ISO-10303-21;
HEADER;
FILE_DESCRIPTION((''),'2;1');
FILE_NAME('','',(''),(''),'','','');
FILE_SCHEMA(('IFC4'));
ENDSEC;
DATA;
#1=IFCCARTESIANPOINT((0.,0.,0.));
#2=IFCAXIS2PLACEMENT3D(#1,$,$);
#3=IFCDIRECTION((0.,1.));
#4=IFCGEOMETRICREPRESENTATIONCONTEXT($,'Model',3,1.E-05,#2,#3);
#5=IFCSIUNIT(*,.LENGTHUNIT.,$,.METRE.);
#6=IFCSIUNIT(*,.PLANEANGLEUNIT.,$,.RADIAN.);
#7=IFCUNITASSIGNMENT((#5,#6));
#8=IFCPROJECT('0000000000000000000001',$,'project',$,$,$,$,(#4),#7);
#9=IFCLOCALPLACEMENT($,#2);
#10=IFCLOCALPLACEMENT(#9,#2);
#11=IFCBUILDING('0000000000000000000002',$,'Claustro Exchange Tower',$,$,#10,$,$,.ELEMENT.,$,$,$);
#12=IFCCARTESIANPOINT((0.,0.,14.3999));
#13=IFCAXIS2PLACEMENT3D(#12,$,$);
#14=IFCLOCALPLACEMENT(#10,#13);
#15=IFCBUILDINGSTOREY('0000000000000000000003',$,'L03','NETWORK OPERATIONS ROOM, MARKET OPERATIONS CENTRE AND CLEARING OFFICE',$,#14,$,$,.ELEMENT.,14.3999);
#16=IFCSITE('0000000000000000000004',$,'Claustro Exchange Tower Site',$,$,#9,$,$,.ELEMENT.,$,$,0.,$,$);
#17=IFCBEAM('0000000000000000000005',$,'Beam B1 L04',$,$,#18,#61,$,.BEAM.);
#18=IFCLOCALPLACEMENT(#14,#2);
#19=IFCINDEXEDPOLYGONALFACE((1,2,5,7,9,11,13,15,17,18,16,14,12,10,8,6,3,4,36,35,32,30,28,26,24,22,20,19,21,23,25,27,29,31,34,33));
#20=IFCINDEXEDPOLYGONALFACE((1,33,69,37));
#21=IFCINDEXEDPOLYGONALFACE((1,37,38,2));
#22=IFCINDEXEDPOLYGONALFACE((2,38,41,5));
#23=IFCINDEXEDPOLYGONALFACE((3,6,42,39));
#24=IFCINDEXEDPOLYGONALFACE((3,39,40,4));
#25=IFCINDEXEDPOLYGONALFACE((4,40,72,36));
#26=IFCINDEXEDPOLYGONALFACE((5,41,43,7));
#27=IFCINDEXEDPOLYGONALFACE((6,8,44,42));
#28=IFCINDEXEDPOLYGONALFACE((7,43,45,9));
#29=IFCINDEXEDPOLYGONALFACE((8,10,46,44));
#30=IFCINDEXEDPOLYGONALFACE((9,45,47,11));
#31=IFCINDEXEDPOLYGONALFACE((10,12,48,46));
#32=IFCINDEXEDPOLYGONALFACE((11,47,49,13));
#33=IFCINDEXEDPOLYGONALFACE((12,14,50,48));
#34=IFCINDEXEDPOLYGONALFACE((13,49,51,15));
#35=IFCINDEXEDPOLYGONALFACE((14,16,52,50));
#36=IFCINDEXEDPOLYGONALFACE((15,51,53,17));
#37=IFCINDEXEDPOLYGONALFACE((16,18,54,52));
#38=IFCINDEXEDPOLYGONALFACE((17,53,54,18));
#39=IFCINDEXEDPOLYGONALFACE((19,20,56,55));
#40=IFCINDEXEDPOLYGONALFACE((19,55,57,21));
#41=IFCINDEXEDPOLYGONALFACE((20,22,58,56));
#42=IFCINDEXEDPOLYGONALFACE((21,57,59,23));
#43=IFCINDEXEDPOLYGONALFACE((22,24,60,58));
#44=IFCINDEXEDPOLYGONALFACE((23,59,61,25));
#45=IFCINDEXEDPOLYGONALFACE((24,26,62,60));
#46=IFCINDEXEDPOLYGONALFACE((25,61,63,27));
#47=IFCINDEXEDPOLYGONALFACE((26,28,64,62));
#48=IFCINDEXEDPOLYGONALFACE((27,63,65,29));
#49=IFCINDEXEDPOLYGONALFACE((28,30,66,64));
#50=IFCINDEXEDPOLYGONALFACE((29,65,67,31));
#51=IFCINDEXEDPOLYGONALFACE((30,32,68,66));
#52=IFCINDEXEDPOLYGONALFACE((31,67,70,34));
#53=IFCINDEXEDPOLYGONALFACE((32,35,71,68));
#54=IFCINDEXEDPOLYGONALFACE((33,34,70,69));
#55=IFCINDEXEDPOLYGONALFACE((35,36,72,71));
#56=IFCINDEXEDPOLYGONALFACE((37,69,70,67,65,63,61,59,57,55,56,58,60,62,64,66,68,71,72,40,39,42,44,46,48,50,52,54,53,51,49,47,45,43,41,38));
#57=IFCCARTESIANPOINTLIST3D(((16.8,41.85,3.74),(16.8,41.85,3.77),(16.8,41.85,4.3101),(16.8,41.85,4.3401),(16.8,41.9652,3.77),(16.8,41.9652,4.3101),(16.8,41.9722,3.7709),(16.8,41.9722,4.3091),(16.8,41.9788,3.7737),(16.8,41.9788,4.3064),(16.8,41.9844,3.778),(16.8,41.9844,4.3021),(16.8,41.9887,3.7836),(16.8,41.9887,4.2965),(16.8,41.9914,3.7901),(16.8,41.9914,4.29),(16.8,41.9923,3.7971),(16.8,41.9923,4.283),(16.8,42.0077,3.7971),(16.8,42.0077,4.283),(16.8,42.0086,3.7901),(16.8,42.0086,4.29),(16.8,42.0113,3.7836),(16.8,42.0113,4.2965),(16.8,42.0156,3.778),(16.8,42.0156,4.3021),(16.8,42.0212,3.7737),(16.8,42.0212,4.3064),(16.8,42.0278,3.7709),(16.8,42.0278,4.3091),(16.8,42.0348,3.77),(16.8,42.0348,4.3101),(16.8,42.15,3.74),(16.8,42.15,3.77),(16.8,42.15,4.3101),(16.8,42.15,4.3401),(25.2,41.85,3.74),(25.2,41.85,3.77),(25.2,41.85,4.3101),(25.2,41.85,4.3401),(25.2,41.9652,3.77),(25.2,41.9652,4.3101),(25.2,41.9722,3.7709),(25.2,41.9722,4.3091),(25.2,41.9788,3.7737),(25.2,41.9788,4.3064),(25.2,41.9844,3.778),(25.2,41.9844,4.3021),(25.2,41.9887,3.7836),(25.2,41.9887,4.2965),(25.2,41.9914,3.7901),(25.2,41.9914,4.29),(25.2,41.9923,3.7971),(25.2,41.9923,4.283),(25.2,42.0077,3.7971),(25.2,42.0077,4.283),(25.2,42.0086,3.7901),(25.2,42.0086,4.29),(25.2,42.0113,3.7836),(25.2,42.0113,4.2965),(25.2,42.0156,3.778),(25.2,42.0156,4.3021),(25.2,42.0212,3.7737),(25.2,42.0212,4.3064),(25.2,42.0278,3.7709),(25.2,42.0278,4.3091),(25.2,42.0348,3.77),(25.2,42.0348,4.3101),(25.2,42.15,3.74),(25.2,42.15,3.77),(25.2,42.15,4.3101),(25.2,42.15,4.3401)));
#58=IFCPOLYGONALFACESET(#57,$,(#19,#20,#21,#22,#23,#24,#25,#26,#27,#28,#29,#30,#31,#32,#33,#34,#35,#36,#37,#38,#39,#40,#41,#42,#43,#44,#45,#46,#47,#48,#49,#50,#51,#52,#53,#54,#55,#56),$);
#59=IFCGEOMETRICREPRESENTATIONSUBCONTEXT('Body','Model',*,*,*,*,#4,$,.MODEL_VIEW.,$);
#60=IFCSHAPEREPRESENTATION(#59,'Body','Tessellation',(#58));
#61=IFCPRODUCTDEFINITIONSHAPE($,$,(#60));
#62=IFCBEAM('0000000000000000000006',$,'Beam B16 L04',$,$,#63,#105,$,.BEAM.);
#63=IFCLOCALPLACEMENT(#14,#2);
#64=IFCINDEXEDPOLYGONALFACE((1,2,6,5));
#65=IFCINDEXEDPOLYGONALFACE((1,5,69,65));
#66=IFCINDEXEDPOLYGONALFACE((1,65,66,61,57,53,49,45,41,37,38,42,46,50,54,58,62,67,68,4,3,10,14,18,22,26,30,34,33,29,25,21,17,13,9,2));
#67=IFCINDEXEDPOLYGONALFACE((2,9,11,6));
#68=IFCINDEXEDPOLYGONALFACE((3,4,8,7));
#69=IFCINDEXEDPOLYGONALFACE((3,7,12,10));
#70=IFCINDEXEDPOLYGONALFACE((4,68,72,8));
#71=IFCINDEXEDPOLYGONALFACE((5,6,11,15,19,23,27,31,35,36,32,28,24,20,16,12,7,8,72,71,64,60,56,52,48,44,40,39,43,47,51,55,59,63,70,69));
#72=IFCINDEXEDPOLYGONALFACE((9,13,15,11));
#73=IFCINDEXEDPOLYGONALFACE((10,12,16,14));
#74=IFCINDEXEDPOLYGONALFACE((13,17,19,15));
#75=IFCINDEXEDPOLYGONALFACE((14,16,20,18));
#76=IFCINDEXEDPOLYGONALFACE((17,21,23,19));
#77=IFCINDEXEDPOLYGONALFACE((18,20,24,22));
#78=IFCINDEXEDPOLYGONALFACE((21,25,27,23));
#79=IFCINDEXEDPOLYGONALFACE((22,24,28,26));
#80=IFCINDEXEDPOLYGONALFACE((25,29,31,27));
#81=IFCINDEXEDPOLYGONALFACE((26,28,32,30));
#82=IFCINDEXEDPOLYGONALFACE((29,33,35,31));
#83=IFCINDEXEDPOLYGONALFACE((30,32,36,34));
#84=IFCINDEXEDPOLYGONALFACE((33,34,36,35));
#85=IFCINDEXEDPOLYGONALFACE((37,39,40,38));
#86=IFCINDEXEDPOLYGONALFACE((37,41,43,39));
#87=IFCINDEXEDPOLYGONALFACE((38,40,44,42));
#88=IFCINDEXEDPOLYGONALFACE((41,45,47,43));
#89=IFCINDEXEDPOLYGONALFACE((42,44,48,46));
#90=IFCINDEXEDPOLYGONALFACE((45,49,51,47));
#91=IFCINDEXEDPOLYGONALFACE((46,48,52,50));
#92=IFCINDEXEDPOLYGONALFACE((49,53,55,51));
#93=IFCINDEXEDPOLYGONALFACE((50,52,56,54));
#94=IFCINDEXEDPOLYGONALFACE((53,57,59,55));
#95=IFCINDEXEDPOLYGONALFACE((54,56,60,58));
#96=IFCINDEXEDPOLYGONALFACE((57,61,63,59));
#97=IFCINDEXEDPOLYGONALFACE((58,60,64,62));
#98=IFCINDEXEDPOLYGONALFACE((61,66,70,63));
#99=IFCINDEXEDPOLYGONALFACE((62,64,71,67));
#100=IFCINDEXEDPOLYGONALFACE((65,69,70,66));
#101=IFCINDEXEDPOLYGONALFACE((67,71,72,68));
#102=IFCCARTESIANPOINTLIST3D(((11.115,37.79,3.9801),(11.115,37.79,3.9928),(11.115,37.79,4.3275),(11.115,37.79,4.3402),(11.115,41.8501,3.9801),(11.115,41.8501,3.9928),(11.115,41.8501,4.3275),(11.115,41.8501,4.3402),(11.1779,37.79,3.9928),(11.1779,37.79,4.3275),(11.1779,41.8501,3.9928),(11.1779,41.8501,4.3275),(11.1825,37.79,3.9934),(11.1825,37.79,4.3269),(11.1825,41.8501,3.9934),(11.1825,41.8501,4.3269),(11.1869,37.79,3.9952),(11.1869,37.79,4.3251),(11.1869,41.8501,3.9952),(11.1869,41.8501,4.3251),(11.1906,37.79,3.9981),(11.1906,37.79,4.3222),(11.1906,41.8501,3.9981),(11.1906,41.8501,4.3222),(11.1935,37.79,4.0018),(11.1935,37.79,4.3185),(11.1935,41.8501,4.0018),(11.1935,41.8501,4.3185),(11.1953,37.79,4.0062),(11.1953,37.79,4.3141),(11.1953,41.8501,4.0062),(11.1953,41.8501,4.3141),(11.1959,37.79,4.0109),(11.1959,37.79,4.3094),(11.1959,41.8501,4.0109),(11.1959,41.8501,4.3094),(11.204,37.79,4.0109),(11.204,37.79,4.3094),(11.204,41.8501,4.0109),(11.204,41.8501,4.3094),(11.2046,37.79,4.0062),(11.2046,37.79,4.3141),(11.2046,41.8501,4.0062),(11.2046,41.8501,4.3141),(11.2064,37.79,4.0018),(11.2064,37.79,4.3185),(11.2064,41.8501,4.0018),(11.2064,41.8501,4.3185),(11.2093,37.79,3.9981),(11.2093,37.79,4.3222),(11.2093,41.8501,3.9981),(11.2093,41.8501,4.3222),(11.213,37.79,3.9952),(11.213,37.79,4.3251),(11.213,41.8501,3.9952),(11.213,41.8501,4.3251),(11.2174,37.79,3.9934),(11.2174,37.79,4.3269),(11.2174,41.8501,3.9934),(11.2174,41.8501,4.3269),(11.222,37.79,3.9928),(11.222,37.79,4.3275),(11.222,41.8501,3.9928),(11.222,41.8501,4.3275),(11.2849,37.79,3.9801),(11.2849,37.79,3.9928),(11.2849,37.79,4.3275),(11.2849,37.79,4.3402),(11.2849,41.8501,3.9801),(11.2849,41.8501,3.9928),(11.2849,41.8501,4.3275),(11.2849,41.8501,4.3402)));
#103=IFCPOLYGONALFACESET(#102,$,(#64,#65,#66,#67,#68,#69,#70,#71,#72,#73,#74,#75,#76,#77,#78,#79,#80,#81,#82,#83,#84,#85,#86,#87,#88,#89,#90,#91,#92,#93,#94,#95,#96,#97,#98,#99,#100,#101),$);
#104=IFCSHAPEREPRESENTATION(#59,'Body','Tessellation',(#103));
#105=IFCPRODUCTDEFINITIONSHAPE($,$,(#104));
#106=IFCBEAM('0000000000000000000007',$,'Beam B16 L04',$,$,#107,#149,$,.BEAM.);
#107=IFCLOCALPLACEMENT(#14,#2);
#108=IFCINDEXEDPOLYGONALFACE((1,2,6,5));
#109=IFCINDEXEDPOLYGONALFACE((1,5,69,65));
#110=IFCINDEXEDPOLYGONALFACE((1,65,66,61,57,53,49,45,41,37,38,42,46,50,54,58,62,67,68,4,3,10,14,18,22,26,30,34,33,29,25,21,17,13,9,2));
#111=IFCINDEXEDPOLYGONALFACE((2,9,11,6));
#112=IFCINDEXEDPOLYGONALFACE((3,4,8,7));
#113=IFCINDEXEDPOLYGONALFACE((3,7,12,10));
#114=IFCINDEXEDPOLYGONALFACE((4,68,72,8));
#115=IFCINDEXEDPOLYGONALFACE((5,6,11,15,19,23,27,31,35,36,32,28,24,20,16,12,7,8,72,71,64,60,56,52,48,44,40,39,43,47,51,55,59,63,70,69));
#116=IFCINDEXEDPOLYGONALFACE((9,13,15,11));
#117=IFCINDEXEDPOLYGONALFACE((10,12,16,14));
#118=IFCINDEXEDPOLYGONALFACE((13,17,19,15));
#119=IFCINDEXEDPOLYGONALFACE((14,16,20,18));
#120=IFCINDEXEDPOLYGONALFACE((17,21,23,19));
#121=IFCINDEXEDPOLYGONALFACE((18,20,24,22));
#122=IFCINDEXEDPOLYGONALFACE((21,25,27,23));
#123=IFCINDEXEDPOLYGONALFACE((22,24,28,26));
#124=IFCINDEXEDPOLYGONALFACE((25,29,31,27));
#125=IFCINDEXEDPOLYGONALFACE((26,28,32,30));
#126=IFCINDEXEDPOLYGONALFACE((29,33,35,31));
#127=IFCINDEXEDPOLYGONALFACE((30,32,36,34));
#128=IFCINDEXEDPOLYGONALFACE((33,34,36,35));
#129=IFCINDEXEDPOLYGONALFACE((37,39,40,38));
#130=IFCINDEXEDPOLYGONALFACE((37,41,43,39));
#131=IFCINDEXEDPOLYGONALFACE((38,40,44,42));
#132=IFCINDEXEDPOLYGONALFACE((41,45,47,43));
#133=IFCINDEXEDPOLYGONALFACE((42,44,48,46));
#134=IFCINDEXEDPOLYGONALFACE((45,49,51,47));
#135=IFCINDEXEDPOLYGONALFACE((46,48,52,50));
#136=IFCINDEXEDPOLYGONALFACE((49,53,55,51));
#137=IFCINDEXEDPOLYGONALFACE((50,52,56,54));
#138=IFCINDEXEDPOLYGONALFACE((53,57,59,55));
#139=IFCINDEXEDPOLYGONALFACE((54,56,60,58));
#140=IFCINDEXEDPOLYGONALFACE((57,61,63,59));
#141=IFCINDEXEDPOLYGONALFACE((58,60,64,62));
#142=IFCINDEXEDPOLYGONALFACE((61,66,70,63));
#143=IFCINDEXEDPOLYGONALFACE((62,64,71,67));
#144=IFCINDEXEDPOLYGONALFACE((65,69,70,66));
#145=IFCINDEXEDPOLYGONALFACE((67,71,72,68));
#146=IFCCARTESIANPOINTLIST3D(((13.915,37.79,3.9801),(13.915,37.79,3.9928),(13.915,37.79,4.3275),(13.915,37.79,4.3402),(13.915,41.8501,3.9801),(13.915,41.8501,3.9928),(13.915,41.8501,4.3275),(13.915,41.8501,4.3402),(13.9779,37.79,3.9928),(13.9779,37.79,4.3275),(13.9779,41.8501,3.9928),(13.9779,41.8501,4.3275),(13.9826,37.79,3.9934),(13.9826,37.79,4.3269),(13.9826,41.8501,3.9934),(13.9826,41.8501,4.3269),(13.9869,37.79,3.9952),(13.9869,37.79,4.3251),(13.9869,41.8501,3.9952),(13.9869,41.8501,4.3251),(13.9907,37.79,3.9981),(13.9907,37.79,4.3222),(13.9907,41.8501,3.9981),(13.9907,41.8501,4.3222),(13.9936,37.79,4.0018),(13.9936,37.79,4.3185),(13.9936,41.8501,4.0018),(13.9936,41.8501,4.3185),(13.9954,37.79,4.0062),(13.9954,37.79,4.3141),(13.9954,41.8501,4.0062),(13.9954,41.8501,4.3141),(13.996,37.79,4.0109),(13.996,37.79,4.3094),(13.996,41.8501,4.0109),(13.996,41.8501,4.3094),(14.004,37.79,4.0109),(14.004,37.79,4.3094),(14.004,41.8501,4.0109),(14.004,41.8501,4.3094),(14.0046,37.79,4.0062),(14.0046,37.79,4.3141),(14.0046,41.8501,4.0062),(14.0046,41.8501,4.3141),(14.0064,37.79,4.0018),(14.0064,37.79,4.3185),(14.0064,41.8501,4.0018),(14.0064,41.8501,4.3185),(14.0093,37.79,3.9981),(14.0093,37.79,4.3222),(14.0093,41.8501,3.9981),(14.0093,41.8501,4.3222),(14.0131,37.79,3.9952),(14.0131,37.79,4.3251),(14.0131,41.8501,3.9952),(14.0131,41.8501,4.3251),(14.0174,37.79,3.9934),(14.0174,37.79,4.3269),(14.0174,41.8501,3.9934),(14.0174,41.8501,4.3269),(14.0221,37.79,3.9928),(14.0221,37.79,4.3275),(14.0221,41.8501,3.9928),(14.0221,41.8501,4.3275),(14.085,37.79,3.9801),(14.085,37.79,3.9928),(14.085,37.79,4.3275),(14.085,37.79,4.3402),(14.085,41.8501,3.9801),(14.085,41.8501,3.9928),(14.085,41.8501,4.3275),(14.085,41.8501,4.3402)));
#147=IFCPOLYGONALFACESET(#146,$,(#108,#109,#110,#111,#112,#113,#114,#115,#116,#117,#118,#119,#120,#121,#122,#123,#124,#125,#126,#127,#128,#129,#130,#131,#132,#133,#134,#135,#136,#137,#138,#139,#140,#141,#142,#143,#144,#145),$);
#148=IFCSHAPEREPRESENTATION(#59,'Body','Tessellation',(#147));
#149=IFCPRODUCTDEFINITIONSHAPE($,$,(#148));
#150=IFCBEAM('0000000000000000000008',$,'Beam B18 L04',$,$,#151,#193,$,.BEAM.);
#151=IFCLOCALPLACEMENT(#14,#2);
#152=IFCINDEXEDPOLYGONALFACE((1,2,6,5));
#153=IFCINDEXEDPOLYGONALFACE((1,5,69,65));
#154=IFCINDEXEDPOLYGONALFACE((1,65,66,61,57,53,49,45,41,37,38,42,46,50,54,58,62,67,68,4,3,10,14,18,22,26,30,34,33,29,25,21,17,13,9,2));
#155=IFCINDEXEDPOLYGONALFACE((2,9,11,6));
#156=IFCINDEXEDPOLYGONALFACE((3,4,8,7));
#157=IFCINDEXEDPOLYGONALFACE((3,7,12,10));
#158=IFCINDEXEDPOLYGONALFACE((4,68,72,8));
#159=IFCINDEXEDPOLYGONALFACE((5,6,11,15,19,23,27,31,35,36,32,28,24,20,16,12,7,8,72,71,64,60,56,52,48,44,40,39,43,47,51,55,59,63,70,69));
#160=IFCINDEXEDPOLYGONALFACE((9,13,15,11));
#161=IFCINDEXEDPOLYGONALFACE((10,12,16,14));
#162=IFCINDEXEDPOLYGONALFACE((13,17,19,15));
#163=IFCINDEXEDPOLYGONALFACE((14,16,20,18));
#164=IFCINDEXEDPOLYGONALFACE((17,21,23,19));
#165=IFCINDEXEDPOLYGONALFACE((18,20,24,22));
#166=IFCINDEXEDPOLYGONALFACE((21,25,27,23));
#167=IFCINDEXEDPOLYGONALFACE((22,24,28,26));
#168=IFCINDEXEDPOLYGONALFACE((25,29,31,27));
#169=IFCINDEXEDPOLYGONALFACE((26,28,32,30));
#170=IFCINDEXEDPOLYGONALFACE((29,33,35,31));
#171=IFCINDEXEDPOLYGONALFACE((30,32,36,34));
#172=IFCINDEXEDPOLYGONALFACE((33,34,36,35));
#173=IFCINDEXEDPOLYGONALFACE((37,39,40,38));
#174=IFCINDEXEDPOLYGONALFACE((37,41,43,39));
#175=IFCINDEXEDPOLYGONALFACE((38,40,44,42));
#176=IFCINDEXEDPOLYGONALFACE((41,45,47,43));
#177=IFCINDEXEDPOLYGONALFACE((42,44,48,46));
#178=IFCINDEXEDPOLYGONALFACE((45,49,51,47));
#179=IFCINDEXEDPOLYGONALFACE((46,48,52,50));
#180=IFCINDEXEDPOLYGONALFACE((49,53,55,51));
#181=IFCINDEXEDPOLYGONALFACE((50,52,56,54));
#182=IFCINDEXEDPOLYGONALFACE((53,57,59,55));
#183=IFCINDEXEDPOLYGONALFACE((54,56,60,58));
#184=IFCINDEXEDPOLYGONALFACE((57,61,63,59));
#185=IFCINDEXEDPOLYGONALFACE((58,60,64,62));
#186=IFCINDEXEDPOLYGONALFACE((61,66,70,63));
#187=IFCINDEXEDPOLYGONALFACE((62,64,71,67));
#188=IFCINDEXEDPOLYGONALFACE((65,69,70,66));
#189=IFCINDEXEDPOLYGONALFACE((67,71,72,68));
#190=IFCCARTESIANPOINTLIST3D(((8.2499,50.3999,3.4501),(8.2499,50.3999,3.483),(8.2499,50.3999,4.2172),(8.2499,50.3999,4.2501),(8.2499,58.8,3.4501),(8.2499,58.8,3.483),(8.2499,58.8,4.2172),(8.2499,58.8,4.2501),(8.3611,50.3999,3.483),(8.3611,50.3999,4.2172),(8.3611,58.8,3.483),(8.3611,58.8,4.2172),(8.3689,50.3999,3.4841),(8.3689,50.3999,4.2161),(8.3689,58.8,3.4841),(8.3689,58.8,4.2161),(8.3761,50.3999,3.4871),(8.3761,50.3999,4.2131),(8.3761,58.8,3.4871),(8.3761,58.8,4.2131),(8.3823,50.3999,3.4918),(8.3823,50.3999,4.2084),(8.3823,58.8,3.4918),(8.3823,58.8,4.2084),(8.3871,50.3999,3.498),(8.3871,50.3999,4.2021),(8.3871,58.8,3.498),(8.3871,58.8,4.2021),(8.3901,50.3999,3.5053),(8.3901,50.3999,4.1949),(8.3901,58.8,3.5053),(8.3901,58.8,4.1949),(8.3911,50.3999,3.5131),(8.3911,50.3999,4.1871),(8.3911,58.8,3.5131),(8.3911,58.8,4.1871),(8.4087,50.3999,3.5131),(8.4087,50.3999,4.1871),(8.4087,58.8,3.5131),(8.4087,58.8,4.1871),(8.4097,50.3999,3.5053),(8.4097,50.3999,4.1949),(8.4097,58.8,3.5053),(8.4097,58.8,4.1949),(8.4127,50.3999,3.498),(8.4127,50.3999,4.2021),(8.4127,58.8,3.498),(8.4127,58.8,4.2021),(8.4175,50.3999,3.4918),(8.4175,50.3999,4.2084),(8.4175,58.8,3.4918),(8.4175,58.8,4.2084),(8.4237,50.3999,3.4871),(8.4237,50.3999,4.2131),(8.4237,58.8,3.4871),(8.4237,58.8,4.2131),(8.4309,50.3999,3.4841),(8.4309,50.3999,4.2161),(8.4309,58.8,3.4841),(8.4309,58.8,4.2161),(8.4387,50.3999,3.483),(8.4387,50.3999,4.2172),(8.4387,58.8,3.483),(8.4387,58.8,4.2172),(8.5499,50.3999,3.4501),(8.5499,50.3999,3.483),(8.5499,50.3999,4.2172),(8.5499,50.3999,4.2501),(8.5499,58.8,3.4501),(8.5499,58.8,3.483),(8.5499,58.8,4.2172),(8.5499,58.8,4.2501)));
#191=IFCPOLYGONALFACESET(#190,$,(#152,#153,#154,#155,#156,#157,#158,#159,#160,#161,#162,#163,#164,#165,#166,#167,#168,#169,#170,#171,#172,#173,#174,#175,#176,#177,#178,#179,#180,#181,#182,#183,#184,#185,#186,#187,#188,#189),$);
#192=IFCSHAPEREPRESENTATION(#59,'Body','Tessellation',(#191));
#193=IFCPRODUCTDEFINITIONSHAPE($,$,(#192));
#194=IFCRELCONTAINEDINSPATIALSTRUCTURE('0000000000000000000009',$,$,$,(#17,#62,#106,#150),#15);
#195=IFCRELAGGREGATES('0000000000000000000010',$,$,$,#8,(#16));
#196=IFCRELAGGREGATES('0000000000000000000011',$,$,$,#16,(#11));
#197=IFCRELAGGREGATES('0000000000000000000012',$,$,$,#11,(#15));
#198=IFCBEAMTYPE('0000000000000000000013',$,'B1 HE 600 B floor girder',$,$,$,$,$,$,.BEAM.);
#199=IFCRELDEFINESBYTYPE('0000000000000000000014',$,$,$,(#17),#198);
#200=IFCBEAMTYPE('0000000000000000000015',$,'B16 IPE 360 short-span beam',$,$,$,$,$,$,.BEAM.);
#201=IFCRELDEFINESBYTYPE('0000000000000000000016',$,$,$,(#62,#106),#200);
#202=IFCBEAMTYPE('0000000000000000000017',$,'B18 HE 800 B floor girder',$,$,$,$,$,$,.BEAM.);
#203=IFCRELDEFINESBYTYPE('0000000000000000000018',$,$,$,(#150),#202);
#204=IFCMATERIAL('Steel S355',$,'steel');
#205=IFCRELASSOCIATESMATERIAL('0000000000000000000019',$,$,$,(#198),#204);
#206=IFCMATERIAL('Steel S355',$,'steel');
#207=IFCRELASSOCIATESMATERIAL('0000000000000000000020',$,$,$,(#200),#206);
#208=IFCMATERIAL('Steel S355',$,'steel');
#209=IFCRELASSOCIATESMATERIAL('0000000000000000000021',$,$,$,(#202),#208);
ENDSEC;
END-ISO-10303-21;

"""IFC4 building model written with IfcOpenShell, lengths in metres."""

from ifc_helpers import new_model, si_unit, direction, frame, origin, origin_2d, place, context, subcontext, project, spatial, i_section, extrude, material, material_profile, profile_set, type_object, element, save


model = new_model("IFC4")

# Units and contexts
model_context = context("Model", 3, precision=1e-05, world=origin(), true_north=direction((0.0, 1.0)))
body_context = subcontext(model_context, "Body", "Model", "MODEL_VIEW")
ifc_project = project(units=[si_unit("LENGTHUNIT", "METRE"), si_unit("PLANEANGLEUNIT", "RADIAN")], contexts=[model_context])

# Site, building, storey
site_placement = place(None, origin())
site = spatial("IfcSite", under=ifc_project, at=site_placement, Name="Claustro Exchange Tower Site", CompositionType="ELEMENT", RefElevation=0.0)
building_placement = place(site_placement, origin())
building = spatial("IfcBuilding", under=site, at=building_placement, Name="Claustro Exchange Tower", CompositionType="ELEMENT")
storey_placement = place(building_placement, frame((0.0, 0.0, 14.3999)))
storey = spatial("IfcBuildingStorey", under=building, at=storey_placement, Name="L03", Description="NETWORK OPERATIONS ROOM, MARKET OPERATIONS CENTRE AND CLEARING OFFICE", CompositionType="ELEMENT", Elevation=14.3999)

# Beams
ifc_material_1 = material(Name="Steel S355", Category="steel")
ifc_material_profile_1 = material_profile(ifc_material_1, i_section(OverallWidth=0.3, OverallDepth=0.6001, WebThickness=0.0154, FlangeThickness=0.03, FilletRadius=0.0271, at=origin_2d()), Name="HE 600 B")
ifc_profile_set_1 = profile_set([ifc_material_profile_1], Name="Steel S355")
beam_type_1 = type_object("IfcBeamType", Name="B1 HE 600 B floor girder", PredefinedType="BEAM", material=ifc_profile_set_1)
beam_1_placement = place(storey_placement, frame((16.8, 42.0, 4.04), z_axis=(1.0, 0.0, 0.0), x_axis=(0.0, 1.0, 0.0)))
element("IfcBeam", 1, at=beam_1_placement, inside=storey, type_object=beam_type_1, Name="Beam B1 L04", PredefinedType="BEAM", context=body_context, shape_type="SweptSolid", body=[
    extrude(i_section(OverallWidth=0.3, OverallDepth=0.6001, WebThickness=0.0154, FlangeThickness=0.03, FilletRadius=0.0271, at=origin_2d()), origin(), (0.0, 0.0, 1.0), 8.3999),
])
ifc_material_2 = material(Name="Steel S355", Category="steel")
ifc_material_profile_2 = material_profile(ifc_material_2, i_section(OverallWidth=0.1699, OverallDepth=0.3601, WebThickness=0.0081, FlangeThickness=0.0127, FilletRadius=0.0181, at=origin_2d()), Name="IPE 360")
ifc_profile_set_2 = profile_set([ifc_material_profile_2], Name="Steel S355")
beam_type_2 = type_object("IfcBeamType", Name="B16 IPE 360 short-span beam", PredefinedType="BEAM", material=ifc_profile_set_2)
for number, where, z_axis, x_axis, name in (
    (2, (11.2, 37.79, 4.1602), (0.0, 1.0, 0.0), (-1.0, 0.0, 0.0), "Beam B16 L04"),
    (3, (14.0, 37.79, 4.1602), (0.0, 1.0, 0.0), (-1.0, 0.0, 0.0), "Beam B16 L04"),
):
    element("IfcBeam", number, at=place(storey_placement, frame(where, z_axis=z_axis, x_axis=x_axis)), inside=storey, type_object=beam_type_2, Name=name, PredefinedType="BEAM", context=body_context, shape_type="SweptSolid", body=[
        extrude(i_section(OverallWidth=0.1699, OverallDepth=0.3601, WebThickness=0.0081, FlangeThickness=0.0127, FilletRadius=0.0181, at=origin_2d()), origin(), (0.0, 0.0, 1.0), 4.0601),
    ])
ifc_material_3 = material(Name="Steel S355", Category="steel")
ifc_material_profile_3 = material_profile(ifc_material_3, i_section(OverallWidth=0.3, OverallDepth=0.8, WebThickness=0.0176, FlangeThickness=0.033, FilletRadius=0.03, at=origin_2d()), Name="HE 800 B")
ifc_profile_set_3 = profile_set([ifc_material_profile_3], Name="Steel S355")
beam_type_3 = type_object("IfcBeamType", Name="B18 HE 800 B floor girder", PredefinedType="BEAM", material=ifc_profile_set_3)
beam_2_placement = place(storey_placement, frame((8.3999, 50.3999, 3.8501), z_axis=(0.0, 1.0, 0.0), x_axis=(-1.0, 0.0, 0.0)))
element("IfcBeam", 4, at=beam_2_placement, inside=storey, type_object=beam_type_3, Name="Beam B18 L04", PredefinedType="BEAM", context=body_context, shape_type="SweptSolid", body=[
    extrude(i_section(OverallWidth=0.3, OverallDepth=0.8, WebThickness=0.0176, FlangeThickness=0.033, FilletRadius=0.03, at=origin_2d()), origin(), (0.0, 0.0, 1.0), 8.4001),
])

save(model, "model.ifc")
